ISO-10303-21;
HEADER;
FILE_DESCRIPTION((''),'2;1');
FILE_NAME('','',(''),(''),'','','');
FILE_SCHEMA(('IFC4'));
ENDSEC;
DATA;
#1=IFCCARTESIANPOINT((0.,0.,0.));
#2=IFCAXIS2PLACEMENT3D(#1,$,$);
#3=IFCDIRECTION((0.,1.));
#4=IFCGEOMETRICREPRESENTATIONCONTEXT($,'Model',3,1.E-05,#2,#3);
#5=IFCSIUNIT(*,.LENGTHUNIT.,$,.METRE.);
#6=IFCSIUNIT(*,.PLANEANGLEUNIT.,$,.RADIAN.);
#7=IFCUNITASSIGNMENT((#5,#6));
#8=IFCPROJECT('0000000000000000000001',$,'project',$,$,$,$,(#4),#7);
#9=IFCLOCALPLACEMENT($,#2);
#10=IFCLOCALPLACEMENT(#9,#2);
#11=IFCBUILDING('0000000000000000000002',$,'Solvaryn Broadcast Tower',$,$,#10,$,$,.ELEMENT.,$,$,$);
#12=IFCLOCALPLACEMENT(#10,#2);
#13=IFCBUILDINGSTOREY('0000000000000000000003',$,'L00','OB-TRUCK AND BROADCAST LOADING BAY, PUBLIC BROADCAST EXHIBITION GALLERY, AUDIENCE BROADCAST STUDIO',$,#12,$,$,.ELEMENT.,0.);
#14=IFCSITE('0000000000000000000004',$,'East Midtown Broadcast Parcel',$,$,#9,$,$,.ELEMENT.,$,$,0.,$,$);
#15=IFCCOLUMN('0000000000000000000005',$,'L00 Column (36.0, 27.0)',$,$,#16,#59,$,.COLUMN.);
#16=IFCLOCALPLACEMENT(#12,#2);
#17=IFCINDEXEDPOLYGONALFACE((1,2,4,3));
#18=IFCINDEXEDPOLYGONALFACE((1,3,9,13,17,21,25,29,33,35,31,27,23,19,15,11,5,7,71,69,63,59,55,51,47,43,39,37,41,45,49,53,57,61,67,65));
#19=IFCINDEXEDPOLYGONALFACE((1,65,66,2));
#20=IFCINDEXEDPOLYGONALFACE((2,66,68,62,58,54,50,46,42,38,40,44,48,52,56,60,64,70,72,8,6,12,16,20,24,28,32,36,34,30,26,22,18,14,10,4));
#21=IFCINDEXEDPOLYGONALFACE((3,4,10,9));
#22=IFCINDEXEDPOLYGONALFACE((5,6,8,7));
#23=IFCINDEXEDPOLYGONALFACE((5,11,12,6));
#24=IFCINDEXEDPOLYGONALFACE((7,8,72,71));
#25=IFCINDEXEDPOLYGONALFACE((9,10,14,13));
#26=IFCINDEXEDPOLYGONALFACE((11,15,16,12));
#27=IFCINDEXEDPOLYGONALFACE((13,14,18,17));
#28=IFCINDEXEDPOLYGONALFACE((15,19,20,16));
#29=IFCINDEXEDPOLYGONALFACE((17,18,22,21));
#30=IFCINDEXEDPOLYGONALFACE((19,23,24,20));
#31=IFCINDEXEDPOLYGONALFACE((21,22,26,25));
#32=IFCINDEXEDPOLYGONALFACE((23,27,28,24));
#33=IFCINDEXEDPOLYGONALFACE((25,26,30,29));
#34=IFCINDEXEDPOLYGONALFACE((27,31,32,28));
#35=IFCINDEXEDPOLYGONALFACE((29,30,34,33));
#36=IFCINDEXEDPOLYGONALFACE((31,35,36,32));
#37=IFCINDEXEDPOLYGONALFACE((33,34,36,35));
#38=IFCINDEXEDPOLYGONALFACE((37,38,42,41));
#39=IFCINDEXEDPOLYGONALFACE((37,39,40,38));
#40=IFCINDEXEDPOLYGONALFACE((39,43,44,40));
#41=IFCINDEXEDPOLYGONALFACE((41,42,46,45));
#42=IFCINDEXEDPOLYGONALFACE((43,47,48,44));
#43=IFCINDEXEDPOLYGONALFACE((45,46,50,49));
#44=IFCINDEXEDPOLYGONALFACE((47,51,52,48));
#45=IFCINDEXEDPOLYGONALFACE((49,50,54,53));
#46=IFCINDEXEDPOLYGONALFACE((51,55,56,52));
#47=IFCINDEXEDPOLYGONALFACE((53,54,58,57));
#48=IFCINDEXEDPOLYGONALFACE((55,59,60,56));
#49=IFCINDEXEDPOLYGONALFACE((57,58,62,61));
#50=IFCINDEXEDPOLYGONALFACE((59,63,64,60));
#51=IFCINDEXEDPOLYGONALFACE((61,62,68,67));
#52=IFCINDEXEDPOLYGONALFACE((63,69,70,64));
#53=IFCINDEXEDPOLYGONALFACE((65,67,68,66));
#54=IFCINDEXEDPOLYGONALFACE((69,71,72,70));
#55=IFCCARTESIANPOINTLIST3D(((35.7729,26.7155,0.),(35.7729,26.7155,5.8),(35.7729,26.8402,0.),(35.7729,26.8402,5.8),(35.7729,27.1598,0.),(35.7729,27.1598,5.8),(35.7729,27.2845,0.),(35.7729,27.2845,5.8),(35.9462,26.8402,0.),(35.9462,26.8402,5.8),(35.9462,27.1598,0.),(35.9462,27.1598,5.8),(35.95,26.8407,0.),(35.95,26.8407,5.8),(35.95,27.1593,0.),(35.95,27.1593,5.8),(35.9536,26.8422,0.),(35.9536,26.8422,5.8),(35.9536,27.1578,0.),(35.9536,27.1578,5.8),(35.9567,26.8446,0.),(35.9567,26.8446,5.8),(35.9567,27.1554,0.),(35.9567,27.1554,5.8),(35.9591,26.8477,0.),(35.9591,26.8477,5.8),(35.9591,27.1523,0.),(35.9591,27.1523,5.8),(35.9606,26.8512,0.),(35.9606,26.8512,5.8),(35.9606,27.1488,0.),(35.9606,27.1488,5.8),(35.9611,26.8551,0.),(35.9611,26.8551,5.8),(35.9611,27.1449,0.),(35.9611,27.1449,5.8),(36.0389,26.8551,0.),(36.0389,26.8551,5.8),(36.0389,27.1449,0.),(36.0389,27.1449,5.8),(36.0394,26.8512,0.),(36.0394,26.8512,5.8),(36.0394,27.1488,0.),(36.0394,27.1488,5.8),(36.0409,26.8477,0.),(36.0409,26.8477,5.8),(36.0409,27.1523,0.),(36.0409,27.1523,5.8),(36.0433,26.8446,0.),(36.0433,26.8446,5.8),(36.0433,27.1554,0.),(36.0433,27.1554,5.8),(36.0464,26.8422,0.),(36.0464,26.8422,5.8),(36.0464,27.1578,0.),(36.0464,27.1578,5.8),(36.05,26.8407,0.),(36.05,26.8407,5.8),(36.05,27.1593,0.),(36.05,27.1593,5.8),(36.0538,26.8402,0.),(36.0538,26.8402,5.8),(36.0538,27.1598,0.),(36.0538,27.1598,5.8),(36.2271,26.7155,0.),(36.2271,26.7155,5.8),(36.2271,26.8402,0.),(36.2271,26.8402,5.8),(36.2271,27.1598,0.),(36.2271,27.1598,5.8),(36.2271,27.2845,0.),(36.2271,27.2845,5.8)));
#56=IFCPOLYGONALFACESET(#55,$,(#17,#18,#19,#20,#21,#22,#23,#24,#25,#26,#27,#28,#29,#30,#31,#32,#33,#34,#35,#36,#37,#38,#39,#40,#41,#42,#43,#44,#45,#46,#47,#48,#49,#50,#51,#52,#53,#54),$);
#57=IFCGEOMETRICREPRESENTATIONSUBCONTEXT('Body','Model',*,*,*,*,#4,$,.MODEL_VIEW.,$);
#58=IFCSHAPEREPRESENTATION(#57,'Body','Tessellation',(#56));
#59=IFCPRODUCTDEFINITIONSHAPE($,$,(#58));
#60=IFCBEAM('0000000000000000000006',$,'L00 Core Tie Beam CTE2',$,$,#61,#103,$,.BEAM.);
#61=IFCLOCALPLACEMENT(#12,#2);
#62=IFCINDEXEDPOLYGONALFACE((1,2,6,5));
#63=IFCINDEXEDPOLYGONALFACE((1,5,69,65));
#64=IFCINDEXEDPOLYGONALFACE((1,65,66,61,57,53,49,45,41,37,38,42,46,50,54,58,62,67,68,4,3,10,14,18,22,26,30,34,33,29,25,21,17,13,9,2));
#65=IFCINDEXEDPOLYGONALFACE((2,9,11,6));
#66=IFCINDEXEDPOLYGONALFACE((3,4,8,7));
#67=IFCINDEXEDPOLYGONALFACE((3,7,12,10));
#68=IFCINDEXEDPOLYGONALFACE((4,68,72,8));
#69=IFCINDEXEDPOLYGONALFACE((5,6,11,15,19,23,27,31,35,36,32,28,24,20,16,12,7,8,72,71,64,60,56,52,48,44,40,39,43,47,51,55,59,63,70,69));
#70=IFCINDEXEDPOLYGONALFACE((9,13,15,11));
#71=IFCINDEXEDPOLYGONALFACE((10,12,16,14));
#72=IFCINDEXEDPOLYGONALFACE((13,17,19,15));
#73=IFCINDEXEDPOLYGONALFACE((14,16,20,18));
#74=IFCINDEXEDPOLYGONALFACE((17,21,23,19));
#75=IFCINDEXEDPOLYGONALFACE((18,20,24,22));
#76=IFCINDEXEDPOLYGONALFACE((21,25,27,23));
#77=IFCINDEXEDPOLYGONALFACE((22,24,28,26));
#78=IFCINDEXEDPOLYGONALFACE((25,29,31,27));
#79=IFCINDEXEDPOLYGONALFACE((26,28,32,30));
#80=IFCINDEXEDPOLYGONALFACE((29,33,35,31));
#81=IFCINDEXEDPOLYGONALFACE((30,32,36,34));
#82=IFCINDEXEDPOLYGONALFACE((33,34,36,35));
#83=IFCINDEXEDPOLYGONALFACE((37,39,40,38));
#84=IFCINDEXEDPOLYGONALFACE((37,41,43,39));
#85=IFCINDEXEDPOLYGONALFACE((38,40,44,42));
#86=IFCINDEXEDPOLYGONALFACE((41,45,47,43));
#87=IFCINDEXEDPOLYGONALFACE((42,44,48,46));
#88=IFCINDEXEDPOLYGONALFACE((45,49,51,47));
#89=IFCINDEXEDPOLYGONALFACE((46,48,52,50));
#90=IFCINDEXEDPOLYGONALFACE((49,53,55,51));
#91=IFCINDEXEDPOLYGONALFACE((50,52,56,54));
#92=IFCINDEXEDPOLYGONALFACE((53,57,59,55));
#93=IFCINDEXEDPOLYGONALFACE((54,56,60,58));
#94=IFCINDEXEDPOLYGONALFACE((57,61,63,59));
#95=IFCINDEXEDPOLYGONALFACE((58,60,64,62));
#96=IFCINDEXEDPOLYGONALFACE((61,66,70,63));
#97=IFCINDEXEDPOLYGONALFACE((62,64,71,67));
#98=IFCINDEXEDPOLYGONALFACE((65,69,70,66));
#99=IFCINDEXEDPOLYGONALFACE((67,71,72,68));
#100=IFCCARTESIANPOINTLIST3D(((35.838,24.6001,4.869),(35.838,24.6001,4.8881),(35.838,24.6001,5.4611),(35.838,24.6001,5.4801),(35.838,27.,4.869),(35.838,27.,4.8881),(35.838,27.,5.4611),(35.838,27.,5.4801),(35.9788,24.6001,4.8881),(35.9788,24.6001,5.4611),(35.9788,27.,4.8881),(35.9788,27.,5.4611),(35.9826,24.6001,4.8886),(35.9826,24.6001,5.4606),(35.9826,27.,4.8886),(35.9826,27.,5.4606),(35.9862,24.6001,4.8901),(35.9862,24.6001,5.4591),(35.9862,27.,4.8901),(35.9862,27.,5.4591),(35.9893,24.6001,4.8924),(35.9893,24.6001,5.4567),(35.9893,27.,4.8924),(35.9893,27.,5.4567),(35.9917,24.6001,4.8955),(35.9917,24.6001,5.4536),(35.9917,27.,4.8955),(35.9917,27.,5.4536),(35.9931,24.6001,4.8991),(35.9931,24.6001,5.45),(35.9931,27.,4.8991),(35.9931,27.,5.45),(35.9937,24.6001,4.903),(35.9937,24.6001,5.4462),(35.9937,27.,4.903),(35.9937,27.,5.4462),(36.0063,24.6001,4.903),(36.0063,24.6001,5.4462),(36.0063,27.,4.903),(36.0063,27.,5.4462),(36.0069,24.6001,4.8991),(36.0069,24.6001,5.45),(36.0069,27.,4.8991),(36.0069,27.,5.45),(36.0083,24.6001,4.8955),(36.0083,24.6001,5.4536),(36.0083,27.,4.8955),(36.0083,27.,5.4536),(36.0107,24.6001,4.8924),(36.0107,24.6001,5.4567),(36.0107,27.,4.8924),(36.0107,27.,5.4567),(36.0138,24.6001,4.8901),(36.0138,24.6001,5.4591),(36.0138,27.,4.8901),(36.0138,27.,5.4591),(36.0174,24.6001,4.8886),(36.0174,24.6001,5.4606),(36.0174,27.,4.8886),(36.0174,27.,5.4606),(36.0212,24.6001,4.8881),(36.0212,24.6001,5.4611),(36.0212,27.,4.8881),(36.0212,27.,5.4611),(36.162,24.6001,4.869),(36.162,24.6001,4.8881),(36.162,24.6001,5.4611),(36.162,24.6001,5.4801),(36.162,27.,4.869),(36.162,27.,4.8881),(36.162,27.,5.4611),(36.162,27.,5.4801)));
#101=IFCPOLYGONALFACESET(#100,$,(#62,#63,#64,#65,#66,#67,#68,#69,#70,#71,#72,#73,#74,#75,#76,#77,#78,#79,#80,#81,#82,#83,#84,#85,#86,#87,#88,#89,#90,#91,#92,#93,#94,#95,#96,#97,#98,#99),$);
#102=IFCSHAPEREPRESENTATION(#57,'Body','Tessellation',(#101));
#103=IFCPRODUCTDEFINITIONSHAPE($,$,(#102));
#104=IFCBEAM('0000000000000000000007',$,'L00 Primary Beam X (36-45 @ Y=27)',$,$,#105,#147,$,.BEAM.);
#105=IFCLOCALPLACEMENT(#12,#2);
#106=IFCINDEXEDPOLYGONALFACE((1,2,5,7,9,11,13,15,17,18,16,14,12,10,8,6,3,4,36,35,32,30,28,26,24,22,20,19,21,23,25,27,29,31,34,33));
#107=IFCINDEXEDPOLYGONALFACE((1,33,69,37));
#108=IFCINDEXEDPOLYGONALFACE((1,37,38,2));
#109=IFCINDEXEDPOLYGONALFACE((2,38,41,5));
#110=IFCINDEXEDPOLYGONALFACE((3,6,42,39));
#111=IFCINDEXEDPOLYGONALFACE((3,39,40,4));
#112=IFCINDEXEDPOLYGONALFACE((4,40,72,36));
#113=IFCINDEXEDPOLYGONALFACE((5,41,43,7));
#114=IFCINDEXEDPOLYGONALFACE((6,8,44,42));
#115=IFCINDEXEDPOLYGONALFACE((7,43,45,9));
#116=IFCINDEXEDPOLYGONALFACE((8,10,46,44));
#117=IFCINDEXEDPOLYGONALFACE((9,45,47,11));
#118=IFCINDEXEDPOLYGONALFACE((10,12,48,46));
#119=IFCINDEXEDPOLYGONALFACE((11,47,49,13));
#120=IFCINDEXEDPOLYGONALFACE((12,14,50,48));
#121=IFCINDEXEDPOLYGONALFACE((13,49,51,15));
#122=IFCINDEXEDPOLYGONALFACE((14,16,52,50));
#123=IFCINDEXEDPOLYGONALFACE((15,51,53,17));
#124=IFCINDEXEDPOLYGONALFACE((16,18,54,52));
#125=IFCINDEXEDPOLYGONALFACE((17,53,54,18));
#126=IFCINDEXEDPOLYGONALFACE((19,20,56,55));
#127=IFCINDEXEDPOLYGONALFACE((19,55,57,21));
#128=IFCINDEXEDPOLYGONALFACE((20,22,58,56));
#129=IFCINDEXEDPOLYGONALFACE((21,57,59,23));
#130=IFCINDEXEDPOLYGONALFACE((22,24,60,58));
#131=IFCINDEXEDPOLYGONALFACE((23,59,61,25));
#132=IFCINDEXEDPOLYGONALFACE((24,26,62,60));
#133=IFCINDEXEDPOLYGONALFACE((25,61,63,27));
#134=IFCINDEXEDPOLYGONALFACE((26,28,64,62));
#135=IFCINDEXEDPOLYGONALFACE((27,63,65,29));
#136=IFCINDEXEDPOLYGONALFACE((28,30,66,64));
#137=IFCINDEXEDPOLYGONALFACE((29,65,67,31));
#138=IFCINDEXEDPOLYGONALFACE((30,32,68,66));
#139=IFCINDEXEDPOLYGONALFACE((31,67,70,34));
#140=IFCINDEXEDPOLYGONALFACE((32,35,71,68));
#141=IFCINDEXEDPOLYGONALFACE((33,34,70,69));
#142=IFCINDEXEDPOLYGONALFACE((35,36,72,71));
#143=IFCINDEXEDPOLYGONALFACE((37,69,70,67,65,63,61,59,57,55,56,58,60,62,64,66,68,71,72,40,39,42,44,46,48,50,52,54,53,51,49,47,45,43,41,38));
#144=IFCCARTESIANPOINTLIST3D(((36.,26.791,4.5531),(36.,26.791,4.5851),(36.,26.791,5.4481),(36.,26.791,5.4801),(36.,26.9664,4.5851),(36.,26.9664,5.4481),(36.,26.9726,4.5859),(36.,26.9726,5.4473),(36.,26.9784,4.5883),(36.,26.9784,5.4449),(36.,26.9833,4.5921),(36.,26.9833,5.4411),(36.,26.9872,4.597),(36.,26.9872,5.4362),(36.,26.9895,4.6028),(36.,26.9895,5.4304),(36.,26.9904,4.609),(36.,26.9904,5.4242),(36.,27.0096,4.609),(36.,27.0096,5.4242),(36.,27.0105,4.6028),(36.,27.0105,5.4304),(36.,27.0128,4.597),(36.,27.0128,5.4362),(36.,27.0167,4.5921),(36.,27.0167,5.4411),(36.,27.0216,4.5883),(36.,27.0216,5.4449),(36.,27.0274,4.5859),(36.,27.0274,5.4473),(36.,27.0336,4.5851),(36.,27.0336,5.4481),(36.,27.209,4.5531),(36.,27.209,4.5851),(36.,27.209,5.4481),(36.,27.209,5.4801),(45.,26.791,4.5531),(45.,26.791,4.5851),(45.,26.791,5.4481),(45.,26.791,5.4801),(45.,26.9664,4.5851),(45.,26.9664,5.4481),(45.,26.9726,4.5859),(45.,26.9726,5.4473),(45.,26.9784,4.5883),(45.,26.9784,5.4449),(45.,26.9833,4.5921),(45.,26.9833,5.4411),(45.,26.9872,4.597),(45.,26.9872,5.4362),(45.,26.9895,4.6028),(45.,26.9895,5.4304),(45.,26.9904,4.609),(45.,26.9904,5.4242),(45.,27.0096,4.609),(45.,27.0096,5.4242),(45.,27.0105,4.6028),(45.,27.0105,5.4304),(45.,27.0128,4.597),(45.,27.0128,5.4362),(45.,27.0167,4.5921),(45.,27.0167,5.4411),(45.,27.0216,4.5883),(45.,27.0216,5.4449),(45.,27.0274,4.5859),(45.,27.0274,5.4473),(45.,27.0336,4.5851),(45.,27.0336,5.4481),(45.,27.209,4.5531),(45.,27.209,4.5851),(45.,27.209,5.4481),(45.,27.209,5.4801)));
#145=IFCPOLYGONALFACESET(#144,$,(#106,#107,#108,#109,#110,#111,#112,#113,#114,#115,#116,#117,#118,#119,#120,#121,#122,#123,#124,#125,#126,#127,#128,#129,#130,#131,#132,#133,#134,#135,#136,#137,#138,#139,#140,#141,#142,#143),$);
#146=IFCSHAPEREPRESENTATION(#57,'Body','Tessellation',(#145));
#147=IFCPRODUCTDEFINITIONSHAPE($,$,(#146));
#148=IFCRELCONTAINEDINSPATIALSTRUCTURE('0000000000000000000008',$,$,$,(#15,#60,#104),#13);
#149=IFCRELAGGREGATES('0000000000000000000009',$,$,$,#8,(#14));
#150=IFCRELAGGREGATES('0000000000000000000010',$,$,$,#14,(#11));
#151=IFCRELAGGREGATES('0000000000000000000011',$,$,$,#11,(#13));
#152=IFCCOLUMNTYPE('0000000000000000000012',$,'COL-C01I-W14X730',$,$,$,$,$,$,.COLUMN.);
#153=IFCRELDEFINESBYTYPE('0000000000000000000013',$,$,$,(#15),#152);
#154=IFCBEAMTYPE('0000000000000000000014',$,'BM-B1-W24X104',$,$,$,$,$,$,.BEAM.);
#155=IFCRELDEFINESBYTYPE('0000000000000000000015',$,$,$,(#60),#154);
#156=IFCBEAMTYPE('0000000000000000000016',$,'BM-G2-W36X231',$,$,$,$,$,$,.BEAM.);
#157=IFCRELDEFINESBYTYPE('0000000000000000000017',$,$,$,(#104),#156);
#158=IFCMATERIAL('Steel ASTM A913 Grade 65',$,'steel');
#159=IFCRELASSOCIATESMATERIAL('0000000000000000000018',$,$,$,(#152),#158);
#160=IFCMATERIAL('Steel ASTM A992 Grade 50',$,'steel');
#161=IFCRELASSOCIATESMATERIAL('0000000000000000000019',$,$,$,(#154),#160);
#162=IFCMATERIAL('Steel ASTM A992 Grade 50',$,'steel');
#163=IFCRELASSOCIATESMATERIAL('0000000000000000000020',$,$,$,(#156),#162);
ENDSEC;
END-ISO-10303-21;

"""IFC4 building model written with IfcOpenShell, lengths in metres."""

from ifc_helpers import new_model, si_unit, direction, frame, origin, origin_2d, place, context, subcontext, project, spatial, i_section, extrude, material, material_profile, profile_set, type_object, element, save


model = new_model("IFC4")

# Units and contexts
model_context = context("Model", 3, precision=1e-05, world=origin(), true_north=direction((0.0, 1.0)))
body_context = subcontext(model_context, "Body", "Model", "MODEL_VIEW")
ifc_project = project(units=[si_unit("LENGTHUNIT", "METRE"), si_unit("PLANEANGLEUNIT", "RADIAN")], contexts=[model_context])

# Site, building, storey
site_placement = place(None, origin())
site = spatial("IfcSite", under=ifc_project, at=site_placement, Name="East Midtown Broadcast Parcel", CompositionType="ELEMENT", RefElevation=0.0)
building_placement = place(site_placement, origin())
building = spatial("IfcBuilding", under=site, at=building_placement, Name="Solvaryn Broadcast Tower", CompositionType="ELEMENT")
storey_placement = place(building_placement, origin())
storey = spatial("IfcBuildingStorey", under=building, at=storey_placement, Name="L00", Description="OB-TRUCK AND BROADCAST LOADING BAY, PUBLIC BROADCAST EXHIBITION GALLERY, AUDIENCE BROADCAST STUDIO", CompositionType="ELEMENT", Elevation=0.0)

# Column
ifc_material_1 = material(Name="Steel ASTM A913 Grade 65", Category="steel")
ifc_material_profile_1 = material_profile(ifc_material_1, i_section(OverallWidth=0.4541, OverallDepth=0.5691, WebThickness=0.0779, FlangeThickness=0.1248, FilletRadius=0.0149, at=origin_2d()))
ifc_profile_set_1 = profile_set([ifc_material_profile_1], Name="Steel ASTM A913 Grade 65")
column_type = type_object("IfcColumnType", Name="COL-C01I-W14X730", PredefinedType="COLUMN", material=ifc_profile_set_1)
column_placement = place(storey_placement, frame((36.0, 27.0, 0.0), z_axis=(0.0, 0.0, 1.0), x_axis=(1.0, 0.0, 0.0)))
element("IfcColumn", 1, at=column_placement, inside=storey, type_object=column_type, Name="L00 Column (36.0, 27.0)", PredefinedType="COLUMN", context=body_context, shape_type="SweptSolid", body=[
    extrude(i_section(OverallWidth=0.4541, OverallDepth=0.5691, WebThickness=0.0779, FlangeThickness=0.1248, FilletRadius=0.0149, at=origin_2d()), origin(), (0.0, 0.0, 1.0), 5.8),
])

# Beams
ifc_material_2 = material(Name="Steel ASTM A992 Grade 50", Category="steel")
ifc_material_profile_2 = material_profile(ifc_material_2, i_section(OverallWidth=0.324, OverallDepth=0.6111, WebThickness=0.0127, FlangeThickness=0.019, FilletRadius=0.0149, at=origin_2d()))
ifc_profile_set_2 = profile_set([ifc_material_profile_2], Name="Steel ASTM A992 Grade 50")
beam_type_1 = type_object("IfcBeamType", Name="BM-B1-W24X104", PredefinedType="BEAM", material=ifc_profile_set_2)
beam_1_placement = place(storey_placement, frame((36.0, 24.6001, 5.1746), z_axis=(0.0, 1.0, 0.0), x_axis=(-1.0, 0.0, 0.0)))
element("IfcBeam", 2, at=beam_1_placement, inside=storey, type_object=beam_type_1, Name="L00 Core Tie Beam CTE2", PredefinedType="BEAM", context=body_context, shape_type="SweptSolid", body=[
    extrude(i_section(OverallWidth=0.324, OverallDepth=0.6111, WebThickness=0.0127, FlangeThickness=0.019, FilletRadius=0.0149, at=origin_2d()), origin(), (0.0, 0.0, 1.0), 2.3999),
])
ifc_material_3 = material(Name="Steel ASTM A992 Grade 50", Category="steel")
ifc_material_profile_3 = material_profile(ifc_material_3, i_section(OverallWidth=0.418, OverallDepth=0.927, WebThickness=0.0193, FlangeThickness=0.032, FilletRadius=0.0239, at=origin_2d()))
ifc_profile_set_3 = profile_set([ifc_material_profile_3], Name="Steel ASTM A992 Grade 50")
beam_type_2 = type_object("IfcBeamType", Name="BM-G2-W36X231", PredefinedType="BEAM", material=ifc_profile_set_3)
beam_2_placement = place(storey_placement, frame((36.0, 27.0, 5.0166), z_axis=(1.0, 0.0, 0.0), x_axis=(0.0, 1.0, 0.0)))
element("IfcBeam", 3, at=beam_2_placement, inside=storey, type_object=beam_type_2, Name="L00 Primary Beam X (36-45 @ Y=27)", PredefinedType="BEAM", context=body_context, shape_type="SweptSolid", body=[
    extrude(i_section(OverallWidth=0.418, OverallDepth=0.927, WebThickness=0.0193, FlangeThickness=0.032, FilletRadius=0.0239, at=origin_2d()), origin(), (0.0, 0.0, 1.0), 9.0),
])

save(model, "model.ifc")
